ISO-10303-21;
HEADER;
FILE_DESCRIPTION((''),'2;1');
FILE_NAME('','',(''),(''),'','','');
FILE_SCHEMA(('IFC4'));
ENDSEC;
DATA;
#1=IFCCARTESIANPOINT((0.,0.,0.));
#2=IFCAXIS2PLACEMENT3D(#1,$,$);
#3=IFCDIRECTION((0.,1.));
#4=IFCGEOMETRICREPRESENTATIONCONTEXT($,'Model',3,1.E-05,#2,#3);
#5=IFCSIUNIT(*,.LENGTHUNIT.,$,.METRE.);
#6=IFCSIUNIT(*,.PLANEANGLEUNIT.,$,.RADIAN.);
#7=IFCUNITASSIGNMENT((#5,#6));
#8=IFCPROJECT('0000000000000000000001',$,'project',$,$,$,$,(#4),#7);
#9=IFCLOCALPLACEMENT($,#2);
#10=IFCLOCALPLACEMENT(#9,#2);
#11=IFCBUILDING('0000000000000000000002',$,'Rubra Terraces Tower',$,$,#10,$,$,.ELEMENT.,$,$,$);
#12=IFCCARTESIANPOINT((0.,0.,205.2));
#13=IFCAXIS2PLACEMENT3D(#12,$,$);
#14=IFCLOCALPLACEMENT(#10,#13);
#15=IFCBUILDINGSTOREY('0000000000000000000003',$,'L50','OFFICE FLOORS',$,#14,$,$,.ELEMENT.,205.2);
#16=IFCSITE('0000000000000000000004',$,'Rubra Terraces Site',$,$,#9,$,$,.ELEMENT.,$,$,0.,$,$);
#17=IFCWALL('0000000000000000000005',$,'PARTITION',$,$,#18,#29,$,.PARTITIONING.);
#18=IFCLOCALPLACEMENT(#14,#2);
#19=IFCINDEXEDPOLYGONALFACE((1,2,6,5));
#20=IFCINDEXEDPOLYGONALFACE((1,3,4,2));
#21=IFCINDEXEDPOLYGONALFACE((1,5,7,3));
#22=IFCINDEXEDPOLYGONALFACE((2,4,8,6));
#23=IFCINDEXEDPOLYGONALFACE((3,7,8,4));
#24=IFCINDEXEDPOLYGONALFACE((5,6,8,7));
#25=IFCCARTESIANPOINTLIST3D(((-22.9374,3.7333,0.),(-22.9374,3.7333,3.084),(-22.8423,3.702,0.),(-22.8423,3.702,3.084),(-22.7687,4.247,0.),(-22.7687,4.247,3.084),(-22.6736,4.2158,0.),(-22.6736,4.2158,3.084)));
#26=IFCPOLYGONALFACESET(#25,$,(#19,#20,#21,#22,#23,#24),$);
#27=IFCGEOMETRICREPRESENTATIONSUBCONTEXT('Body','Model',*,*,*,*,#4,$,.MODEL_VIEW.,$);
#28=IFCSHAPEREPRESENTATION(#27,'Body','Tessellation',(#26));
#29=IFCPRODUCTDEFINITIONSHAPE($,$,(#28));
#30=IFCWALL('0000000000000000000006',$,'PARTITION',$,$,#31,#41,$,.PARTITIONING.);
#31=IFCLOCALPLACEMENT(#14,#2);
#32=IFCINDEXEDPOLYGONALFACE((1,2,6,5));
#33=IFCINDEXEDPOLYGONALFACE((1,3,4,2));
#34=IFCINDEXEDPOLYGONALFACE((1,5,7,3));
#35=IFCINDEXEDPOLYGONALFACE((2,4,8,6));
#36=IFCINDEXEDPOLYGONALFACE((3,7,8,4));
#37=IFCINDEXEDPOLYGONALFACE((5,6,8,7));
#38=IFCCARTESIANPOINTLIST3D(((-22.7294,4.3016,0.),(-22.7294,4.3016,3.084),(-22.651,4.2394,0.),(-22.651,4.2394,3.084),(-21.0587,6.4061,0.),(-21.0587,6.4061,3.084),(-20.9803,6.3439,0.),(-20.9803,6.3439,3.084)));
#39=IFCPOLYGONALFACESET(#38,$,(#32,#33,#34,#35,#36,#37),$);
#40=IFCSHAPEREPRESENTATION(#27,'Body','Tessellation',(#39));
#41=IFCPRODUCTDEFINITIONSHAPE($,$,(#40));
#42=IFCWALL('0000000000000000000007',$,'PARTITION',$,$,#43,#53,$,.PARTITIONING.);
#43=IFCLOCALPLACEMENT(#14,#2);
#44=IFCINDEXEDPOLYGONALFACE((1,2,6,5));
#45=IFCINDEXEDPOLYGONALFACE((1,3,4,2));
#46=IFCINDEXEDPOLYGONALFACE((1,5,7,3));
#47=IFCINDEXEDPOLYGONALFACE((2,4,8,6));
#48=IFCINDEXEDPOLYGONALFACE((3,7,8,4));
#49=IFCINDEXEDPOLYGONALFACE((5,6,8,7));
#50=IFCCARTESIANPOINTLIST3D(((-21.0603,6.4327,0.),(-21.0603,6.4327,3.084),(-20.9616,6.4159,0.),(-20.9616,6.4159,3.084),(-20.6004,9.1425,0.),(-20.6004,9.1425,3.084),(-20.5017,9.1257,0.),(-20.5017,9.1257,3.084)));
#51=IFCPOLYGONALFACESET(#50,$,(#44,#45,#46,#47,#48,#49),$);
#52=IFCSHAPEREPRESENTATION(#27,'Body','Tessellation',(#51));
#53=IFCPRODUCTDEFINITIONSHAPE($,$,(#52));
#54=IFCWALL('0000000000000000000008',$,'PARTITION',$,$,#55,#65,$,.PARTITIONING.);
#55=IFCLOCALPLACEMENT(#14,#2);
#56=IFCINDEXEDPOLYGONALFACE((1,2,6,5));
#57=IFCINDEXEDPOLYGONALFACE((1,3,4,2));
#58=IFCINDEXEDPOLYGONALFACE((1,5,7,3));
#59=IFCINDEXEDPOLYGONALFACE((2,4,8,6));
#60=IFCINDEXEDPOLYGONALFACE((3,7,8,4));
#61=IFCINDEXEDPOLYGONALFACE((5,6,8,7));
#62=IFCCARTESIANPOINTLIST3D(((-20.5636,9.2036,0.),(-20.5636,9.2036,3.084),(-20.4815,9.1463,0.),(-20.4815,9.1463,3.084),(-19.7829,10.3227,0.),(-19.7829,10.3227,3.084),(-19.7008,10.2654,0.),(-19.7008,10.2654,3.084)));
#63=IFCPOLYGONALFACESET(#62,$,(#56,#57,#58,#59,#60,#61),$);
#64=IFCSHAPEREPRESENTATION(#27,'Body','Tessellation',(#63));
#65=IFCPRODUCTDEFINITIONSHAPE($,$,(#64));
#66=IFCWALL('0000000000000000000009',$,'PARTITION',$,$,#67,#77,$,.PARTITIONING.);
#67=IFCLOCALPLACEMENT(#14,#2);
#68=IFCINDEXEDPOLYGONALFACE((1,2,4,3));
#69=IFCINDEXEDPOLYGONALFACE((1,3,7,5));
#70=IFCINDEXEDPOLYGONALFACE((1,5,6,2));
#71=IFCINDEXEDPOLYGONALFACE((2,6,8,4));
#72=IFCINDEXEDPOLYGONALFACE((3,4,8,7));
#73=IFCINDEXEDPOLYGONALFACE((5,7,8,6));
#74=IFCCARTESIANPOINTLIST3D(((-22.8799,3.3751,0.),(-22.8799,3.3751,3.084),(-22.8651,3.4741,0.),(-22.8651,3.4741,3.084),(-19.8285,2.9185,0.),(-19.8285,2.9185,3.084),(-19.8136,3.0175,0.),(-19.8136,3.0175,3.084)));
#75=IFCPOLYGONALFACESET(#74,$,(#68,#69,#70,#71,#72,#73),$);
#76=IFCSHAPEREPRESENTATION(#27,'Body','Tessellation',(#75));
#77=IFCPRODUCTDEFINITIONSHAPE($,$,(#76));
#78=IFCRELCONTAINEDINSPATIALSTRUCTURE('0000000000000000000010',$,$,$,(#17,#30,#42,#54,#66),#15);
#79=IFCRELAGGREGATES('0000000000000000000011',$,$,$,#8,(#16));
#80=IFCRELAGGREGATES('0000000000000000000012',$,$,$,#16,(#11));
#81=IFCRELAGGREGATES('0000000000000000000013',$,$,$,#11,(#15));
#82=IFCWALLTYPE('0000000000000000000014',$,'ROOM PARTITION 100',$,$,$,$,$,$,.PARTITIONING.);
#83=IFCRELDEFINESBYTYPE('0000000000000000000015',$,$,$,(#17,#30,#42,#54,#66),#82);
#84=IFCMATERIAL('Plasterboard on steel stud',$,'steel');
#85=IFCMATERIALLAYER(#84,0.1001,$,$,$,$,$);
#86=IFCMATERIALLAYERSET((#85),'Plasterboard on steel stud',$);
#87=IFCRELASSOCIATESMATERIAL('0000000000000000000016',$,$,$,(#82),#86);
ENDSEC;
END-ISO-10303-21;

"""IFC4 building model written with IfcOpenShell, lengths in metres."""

from ifc_helpers import new_model, si_unit, direction, frame, frame_2d, origin, place, context, subcontext, project, spatial, rectangle, extrude, material, layer, layer_set, type_object, element, save


model = new_model("IFC4")

# Units and contexts
model_context = context("Model", 3, precision=1e-05, world=origin(), true_north=direction((0.0, 1.0)))
body_context = subcontext(model_context, "Body", "Model", "MODEL_VIEW")
ifc_project = project(units=[si_unit("LENGTHUNIT", "METRE"), si_unit("PLANEANGLEUNIT", "RADIAN")], contexts=[model_context])

# Site, building, storey
site_placement = place(None, origin())
site = spatial("IfcSite", under=ifc_project, at=site_placement, Name="Rubra Terraces Site", CompositionType="ELEMENT", RefElevation=0.0)
building_placement = place(site_placement, origin())
building = spatial("IfcBuilding", under=site, at=building_placement, Name="Rubra Terraces Tower", CompositionType="ELEMENT")
storey_placement = place(building_placement, frame((0.0, 0.0, 205.2)))
storey = spatial("IfcBuildingStorey", under=building, at=storey_placement, Name="L50", Description="OFFICE FLOORS", CompositionType="ELEMENT", Elevation=205.2)

# Walls
ifc_material_1 = material(Name="Plasterboard on steel stud", Category="steel")
ifc_layer_1 = layer(ifc_material_1, 0.1001)
ifc_layer_set_1 = layer_set([ifc_layer_1], Name="Plasterboard on steel stud")
wall_type_1 = type_object("IfcWallType", Name="ROOM PARTITION 100", PredefinedType="PARTITIONING", material=ifc_layer_set_1)
wall_1_placement = place(storey_placement, frame((-22.8899, 3.7175, 0.0), z_axis=(0.0, 0.0, 1.0), x_axis=(0.312025, 0.950074, 0.0)))
element("IfcWall", 1, at=wall_1_placement, inside=storey, type_object=wall_type_1, Name="PARTITION", PredefinedType="PARTITIONING", context=body_context, shape_type="SweptSolid", body=[
    extrude(rectangle(XDim=0.5408, YDim=0.1001, at=frame_2d((0.2705, 0.0))), origin(), (0.0, 0.0, 1.0), 3.084),
])
wall_2_placement = place(storey_placement, frame((-22.6902, 4.2705, 0.0), z_axis=(0.0, 0.0, 1.0), x_axis=(0.621754, 0.783212, 0.0)))
element("IfcWall", 2, at=wall_2_placement, inside=storey, type_object=wall_type_1, Name="PARTITION", PredefinedType="PARTITIONING", context=body_context, shape_type="SweptSolid", body=[
    extrude(rectangle(XDim=2.687, YDim=0.1001, at=frame_2d((1.3435, 0.0))), origin(), (0.0, 0.0, 1.0), 3.084),
])
wall_3_placement = place(storey_placement, frame((-21.011, 6.4243, 0.0), z_axis=(0.0, 0.0, 1.0), x_axis=(0.167351, 0.985897, 0.0)))
element("IfcWall", 3, at=wall_3_placement, inside=storey, type_object=wall_type_1, Name="PARTITION", PredefinedType="PARTITIONING", context=body_context, shape_type="SweptSolid", body=[
    extrude(rectangle(XDim=2.7485, YDim=0.1001, at=frame_2d((1.3743, 0.0))), origin(), (0.0, 0.0, 1.0), 3.084),
])
wall_4_placement = place(storey_placement, frame((-20.5225, 9.175, 0.0), z_axis=(0.0, 0.0, 1.0), x_axis=(0.572165, 0.820139, 0.0)))
element("IfcWall", 4, at=wall_4_placement, inside=storey, type_object=wall_type_1, Name="PARTITION", PredefinedType="PARTITIONING", context=body_context, shape_type="SweptSolid", body=[
    extrude(rectangle(XDim=1.3645, YDim=0.1001, at=frame_2d((0.6821, 0.0))), origin(), (0.0, 0.0, 1.0), 3.084),
])
wall_5_placement = place(storey_placement, frame((-19.821, 2.968, 0.0), z_axis=(0.0, 0.0, 1.0), x_axis=(-0.988993, 0.147965, 0.0)))
element("IfcWall", 5, at=wall_5_placement, inside=storey, type_object=wall_type_1, Name="PARTITION", PredefinedType="PARTITIONING", context=body_context, shape_type="SweptSolid", body=[
    extrude(rectangle(XDim=3.0854, YDim=0.1001, at=frame_2d((1.5427, 0.0))), origin(), (0.0, 0.0, 1.0), 3.084),
])

save(model, "model.ifc")
